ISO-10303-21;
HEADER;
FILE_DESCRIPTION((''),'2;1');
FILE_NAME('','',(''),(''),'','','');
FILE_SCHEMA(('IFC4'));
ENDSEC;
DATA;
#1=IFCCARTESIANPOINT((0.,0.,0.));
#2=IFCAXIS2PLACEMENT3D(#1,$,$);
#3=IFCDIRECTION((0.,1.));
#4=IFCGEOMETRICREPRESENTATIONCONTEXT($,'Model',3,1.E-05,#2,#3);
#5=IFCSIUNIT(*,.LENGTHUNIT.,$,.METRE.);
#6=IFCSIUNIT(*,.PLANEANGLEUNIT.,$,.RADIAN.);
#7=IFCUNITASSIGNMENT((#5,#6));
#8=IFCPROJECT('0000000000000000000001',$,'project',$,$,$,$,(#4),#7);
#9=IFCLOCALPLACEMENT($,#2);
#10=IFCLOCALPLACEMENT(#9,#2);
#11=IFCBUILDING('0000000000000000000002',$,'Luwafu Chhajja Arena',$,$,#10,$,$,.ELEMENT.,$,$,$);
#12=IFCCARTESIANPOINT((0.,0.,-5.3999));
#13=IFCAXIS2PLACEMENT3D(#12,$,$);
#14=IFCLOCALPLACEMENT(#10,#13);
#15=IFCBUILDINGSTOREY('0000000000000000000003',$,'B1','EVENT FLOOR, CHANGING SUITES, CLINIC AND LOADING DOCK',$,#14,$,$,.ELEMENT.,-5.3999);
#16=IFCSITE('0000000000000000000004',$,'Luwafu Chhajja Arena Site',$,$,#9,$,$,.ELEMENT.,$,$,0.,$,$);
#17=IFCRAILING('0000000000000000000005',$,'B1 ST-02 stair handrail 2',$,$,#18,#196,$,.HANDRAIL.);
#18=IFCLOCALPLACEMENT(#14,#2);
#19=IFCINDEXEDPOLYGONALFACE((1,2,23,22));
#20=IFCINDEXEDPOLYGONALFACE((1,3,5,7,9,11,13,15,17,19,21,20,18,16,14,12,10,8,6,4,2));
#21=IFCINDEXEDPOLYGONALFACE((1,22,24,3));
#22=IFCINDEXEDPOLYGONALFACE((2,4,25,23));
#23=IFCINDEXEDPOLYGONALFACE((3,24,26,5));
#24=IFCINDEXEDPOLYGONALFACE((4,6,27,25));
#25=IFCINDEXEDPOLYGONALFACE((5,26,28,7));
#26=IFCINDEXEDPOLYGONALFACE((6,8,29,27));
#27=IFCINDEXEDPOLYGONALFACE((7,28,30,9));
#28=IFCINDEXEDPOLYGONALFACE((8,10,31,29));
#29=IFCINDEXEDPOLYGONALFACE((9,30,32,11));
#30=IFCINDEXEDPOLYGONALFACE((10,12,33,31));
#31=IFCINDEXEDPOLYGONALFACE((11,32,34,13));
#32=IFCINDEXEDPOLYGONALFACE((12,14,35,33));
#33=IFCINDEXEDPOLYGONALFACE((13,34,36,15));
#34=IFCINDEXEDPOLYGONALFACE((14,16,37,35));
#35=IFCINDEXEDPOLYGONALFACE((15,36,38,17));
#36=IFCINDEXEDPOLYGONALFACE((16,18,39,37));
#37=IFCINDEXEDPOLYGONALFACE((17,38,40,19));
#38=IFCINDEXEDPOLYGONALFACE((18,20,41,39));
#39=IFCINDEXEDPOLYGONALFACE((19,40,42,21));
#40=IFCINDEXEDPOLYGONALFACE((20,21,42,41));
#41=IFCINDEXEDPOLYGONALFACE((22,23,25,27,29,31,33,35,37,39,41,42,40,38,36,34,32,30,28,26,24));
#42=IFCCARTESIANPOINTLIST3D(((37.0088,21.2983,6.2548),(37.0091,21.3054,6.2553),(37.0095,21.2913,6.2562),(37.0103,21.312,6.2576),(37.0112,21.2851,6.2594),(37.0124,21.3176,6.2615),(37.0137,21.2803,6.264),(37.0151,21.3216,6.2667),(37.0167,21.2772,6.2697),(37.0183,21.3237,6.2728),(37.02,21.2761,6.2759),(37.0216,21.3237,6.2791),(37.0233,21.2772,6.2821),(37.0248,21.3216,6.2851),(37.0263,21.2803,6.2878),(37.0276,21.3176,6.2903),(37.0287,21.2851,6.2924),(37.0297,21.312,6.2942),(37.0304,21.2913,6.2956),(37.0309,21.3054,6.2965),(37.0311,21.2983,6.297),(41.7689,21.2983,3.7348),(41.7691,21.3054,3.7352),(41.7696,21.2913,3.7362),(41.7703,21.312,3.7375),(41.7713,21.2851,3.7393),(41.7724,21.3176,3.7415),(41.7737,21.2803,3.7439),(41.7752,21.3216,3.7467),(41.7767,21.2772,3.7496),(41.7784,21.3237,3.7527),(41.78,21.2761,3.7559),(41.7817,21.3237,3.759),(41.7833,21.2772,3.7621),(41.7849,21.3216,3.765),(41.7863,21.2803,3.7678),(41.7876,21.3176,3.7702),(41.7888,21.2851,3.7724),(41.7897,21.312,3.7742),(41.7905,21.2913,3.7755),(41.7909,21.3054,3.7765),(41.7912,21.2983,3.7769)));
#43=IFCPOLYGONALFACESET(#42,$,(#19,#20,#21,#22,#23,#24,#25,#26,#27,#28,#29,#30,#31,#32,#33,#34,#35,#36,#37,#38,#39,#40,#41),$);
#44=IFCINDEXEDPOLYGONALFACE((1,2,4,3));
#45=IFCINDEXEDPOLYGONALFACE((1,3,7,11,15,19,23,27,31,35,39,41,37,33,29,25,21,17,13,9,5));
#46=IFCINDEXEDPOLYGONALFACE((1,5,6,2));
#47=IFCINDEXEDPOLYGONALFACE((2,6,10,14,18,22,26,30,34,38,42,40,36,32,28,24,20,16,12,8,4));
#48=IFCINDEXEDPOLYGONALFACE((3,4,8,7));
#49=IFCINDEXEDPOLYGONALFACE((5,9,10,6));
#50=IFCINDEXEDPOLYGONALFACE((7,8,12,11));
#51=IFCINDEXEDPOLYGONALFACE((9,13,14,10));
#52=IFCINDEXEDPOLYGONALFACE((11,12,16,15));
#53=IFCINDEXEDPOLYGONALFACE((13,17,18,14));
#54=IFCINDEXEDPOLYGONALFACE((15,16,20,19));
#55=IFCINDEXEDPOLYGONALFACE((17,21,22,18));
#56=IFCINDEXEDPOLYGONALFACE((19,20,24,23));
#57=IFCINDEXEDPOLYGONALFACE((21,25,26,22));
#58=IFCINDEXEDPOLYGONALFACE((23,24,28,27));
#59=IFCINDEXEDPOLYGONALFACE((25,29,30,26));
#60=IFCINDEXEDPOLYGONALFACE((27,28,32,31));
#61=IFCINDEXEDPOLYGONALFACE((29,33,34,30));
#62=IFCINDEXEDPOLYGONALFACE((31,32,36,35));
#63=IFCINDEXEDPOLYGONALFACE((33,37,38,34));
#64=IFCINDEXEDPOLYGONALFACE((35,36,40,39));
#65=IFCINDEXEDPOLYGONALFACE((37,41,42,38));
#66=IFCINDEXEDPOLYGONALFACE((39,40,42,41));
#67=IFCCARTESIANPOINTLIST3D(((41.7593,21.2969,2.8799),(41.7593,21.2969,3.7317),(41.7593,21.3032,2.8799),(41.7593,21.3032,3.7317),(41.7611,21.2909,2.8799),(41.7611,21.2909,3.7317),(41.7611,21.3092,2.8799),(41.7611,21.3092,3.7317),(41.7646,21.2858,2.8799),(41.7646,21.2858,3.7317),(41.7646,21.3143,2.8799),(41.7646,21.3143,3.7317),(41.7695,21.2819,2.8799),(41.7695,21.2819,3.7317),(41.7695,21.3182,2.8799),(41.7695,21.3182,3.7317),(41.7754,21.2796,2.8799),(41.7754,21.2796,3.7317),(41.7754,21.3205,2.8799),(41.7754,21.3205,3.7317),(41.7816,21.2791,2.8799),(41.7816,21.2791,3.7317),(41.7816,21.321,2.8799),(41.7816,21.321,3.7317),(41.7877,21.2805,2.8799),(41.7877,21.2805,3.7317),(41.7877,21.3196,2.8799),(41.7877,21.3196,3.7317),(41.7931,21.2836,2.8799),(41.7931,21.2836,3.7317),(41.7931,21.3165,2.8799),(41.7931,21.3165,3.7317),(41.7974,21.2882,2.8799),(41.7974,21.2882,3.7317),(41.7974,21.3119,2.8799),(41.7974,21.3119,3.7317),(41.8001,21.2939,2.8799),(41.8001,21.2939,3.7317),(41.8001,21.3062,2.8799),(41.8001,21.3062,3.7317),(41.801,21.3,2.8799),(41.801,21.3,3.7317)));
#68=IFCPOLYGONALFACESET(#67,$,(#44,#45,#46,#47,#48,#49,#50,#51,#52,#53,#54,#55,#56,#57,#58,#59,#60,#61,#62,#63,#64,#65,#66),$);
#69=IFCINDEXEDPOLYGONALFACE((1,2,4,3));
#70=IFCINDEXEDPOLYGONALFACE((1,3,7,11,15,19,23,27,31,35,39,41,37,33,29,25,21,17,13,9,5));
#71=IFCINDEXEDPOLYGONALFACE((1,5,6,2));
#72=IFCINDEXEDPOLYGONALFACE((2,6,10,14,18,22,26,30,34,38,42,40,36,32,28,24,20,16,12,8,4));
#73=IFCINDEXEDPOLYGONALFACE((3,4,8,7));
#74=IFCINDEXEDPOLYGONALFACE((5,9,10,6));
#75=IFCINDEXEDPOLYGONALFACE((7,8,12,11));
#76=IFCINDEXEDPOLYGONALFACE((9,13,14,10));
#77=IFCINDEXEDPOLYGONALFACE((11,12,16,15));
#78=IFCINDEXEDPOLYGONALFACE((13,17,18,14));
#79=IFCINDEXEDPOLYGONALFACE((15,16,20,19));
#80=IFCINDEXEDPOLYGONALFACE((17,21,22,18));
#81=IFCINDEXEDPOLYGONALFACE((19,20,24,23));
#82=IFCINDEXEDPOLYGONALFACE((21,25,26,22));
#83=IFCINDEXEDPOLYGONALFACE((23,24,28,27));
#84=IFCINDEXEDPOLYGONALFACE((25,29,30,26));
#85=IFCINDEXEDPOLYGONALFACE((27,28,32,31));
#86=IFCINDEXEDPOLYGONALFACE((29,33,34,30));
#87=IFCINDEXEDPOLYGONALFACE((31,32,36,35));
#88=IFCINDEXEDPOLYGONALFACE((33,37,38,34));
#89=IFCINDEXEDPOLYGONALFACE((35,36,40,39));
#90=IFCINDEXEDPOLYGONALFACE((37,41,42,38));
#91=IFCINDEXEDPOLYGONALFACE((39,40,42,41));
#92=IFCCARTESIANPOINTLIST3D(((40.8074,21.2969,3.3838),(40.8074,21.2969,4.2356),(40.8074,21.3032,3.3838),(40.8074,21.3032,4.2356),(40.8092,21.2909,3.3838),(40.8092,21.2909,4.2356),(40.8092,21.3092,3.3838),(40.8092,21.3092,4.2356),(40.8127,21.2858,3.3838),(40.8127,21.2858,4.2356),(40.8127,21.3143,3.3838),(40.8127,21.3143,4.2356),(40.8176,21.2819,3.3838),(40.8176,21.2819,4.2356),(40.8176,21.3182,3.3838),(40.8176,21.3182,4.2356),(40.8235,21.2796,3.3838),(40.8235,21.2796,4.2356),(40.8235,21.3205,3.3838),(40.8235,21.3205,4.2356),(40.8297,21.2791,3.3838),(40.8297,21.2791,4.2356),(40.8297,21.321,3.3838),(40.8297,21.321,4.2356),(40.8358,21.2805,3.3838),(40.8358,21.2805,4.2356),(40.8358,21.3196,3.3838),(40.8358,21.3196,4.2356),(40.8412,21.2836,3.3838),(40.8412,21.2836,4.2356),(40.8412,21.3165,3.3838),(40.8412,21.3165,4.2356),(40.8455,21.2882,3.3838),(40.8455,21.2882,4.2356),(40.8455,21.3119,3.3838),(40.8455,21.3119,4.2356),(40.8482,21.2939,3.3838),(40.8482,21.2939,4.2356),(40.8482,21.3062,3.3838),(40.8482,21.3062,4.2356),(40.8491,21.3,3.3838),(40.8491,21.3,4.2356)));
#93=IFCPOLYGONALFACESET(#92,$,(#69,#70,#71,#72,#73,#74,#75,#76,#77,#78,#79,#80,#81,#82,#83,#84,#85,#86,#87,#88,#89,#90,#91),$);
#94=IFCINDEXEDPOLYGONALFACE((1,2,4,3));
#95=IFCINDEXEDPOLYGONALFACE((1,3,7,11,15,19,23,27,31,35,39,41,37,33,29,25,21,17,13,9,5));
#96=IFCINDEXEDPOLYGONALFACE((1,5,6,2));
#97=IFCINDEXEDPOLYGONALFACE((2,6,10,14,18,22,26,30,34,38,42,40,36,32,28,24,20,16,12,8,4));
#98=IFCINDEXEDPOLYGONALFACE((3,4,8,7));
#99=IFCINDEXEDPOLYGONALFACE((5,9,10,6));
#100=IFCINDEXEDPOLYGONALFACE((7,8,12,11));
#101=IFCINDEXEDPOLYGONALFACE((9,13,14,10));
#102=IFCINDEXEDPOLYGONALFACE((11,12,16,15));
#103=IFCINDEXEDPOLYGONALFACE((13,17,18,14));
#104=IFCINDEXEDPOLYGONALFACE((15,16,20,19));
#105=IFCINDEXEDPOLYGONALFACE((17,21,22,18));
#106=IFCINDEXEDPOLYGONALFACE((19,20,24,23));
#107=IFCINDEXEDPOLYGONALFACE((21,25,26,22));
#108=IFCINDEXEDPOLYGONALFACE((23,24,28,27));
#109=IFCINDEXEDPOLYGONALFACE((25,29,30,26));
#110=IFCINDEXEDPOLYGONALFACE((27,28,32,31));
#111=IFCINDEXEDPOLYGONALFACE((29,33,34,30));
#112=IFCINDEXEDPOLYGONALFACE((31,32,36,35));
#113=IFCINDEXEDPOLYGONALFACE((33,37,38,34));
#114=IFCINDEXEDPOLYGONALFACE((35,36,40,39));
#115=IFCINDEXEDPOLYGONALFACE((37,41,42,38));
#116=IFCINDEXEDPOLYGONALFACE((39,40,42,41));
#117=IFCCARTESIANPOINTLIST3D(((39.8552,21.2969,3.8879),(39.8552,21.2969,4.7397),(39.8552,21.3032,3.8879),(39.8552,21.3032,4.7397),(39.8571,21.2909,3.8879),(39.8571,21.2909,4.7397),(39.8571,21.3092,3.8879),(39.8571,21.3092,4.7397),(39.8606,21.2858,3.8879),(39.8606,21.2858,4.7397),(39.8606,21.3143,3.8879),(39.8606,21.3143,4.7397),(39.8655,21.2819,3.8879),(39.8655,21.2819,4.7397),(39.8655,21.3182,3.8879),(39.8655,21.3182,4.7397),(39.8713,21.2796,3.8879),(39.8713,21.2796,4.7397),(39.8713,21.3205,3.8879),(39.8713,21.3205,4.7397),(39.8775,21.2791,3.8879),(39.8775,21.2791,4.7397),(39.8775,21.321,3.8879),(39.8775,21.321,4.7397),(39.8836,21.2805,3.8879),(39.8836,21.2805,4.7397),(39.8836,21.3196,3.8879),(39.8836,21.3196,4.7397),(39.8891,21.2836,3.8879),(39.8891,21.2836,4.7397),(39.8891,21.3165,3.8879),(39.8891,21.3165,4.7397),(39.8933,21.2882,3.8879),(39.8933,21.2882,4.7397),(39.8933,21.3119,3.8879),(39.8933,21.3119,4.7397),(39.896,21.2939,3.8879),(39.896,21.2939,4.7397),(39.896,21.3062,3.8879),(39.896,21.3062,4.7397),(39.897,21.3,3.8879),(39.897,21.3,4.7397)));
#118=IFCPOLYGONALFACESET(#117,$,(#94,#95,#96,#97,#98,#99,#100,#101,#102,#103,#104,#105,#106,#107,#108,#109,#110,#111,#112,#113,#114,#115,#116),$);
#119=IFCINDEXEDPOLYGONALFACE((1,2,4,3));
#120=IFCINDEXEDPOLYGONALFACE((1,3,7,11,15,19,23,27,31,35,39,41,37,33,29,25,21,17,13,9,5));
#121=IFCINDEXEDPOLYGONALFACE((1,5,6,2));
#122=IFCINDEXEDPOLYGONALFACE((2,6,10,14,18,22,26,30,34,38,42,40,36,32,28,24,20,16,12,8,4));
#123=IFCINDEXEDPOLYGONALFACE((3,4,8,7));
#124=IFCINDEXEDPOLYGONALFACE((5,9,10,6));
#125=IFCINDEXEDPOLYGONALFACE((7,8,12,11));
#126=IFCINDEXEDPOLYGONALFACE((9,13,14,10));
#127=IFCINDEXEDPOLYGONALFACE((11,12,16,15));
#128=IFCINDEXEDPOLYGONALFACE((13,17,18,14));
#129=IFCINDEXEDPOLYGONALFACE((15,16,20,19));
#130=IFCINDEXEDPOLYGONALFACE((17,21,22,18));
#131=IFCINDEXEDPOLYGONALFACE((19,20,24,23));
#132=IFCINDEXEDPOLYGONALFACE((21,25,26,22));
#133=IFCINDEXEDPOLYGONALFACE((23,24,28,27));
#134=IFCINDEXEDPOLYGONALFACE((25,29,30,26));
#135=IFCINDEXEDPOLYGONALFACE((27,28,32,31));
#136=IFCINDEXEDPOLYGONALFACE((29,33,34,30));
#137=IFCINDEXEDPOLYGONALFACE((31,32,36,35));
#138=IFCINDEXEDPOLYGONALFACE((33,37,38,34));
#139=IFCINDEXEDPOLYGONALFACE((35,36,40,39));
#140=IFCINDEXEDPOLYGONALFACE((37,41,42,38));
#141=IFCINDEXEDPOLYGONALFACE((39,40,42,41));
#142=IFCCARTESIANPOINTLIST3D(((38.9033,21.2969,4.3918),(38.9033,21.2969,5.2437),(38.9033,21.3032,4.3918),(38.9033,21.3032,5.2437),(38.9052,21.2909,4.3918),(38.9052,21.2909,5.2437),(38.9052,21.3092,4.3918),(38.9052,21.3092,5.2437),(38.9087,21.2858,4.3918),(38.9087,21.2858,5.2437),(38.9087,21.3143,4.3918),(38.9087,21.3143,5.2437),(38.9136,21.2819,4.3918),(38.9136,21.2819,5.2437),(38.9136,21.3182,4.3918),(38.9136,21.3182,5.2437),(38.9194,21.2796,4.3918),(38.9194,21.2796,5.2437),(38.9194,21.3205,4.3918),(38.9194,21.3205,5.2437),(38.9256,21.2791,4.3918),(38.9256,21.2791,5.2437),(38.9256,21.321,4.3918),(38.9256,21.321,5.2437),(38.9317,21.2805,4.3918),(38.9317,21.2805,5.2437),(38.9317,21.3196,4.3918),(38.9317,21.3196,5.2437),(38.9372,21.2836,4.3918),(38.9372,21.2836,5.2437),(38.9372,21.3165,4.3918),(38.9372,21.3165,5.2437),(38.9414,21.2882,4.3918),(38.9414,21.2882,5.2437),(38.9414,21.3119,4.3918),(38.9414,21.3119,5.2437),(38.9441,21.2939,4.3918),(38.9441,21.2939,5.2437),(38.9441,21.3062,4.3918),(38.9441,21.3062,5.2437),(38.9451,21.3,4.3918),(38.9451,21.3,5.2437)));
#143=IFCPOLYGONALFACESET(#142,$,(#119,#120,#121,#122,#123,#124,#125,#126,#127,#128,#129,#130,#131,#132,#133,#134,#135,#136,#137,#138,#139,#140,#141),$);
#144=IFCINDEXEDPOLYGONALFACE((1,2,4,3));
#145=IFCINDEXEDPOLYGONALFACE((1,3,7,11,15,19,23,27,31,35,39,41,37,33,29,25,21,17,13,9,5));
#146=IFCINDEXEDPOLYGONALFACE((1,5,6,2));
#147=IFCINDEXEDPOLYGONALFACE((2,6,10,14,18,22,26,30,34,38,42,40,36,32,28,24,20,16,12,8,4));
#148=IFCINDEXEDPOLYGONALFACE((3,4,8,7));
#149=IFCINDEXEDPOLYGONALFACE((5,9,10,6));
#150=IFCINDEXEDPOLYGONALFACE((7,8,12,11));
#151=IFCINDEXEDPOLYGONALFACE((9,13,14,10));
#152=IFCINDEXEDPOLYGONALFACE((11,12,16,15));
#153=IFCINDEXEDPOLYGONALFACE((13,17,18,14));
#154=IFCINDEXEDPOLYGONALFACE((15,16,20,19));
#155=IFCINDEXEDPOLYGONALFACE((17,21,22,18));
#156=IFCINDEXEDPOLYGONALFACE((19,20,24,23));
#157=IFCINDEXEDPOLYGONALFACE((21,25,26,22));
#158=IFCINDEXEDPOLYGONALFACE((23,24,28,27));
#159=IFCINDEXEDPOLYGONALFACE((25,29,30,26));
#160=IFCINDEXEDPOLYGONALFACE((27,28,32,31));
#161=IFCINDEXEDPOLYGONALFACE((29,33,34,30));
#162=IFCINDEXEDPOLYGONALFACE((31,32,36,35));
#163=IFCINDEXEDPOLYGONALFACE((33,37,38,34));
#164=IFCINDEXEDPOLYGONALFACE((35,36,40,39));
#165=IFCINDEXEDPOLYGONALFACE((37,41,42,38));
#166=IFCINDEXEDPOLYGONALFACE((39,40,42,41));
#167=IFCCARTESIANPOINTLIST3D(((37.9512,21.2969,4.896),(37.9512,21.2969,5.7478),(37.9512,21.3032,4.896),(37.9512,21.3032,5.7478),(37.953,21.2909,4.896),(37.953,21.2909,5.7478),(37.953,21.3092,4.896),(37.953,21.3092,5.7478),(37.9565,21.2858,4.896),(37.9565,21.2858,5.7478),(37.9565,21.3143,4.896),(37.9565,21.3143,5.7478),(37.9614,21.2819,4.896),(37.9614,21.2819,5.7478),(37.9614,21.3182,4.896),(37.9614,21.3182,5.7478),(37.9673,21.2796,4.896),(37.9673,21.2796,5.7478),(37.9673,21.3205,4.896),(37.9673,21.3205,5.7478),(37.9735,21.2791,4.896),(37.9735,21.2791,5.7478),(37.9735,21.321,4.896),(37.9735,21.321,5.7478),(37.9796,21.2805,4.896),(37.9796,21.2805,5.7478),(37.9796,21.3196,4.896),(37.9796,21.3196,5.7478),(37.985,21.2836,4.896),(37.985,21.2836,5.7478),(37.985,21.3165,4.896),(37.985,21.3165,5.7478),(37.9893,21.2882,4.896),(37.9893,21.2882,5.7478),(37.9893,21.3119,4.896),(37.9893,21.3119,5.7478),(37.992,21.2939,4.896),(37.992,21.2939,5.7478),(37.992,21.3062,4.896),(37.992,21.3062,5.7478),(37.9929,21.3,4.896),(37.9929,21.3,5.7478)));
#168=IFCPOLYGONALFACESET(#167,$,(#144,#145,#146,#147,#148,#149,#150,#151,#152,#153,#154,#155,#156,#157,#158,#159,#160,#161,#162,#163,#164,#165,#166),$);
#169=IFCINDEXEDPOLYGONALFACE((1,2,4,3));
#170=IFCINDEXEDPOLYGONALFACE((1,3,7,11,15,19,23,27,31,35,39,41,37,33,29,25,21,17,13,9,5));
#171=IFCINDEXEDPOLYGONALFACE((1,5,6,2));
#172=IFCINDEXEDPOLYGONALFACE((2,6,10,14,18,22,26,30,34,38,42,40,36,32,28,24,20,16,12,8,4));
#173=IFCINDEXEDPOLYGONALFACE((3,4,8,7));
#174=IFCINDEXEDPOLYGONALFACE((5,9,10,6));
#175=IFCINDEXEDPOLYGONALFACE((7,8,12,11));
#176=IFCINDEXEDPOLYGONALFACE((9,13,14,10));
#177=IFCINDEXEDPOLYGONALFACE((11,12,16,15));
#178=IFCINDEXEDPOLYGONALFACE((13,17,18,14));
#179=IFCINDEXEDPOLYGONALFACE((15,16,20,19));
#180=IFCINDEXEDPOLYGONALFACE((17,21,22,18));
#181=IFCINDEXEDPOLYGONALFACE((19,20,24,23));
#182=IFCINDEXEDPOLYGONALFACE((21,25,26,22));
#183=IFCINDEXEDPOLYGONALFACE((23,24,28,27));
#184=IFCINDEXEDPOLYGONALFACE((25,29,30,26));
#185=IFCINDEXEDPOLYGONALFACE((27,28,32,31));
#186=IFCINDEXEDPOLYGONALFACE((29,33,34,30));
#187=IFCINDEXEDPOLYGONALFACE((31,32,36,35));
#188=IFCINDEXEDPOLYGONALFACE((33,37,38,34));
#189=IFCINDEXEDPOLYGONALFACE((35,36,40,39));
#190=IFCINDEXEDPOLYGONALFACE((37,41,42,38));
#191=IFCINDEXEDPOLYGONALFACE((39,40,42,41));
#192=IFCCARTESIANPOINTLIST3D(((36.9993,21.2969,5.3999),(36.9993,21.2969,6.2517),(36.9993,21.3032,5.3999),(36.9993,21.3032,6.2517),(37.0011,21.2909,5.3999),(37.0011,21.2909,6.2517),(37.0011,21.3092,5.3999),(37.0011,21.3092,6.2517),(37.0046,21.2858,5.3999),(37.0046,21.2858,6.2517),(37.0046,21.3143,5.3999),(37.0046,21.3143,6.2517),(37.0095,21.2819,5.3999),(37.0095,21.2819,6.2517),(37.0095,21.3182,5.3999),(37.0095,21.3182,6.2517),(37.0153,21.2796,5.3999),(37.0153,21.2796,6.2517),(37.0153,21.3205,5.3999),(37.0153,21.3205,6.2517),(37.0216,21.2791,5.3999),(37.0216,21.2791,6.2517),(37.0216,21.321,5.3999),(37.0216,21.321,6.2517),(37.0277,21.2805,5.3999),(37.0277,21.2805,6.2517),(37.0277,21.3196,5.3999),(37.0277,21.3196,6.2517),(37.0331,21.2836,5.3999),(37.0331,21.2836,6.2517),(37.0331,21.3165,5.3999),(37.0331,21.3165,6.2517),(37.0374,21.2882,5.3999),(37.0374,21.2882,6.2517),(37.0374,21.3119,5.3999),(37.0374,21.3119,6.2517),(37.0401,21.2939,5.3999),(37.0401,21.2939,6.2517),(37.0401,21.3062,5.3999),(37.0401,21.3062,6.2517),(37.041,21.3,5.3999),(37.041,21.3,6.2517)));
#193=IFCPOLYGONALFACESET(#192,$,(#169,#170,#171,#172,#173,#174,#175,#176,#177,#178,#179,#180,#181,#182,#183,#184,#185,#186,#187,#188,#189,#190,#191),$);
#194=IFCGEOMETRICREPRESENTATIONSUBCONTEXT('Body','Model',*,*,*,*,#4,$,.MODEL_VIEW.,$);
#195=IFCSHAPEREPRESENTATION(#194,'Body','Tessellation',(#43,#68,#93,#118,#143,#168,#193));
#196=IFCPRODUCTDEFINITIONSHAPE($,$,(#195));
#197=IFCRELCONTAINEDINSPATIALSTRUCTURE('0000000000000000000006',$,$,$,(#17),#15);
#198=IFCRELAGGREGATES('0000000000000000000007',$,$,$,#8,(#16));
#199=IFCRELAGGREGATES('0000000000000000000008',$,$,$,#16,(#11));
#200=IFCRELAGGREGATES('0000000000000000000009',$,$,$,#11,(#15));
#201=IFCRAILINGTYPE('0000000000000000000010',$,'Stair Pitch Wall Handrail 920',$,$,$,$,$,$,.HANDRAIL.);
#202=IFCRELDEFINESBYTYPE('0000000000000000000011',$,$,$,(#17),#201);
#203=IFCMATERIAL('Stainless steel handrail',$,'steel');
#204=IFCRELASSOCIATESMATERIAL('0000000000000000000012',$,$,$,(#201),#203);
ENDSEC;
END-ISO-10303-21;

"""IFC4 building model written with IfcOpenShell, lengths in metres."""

from ifc_helpers import new_model, si_unit, direction, frame, origin, origin_2d, place, context, subcontext, project, spatial, circle, extrude, material, type_object, element, save


model = new_model("IFC4")

# Units and contexts
model_context = context("Model", 3, precision=1e-05, world=origin(), true_north=direction((0.0, 1.0)))
body_context = subcontext(model_context, "Body", "Model", "MODEL_VIEW")
ifc_project = project(units=[si_unit("LENGTHUNIT", "METRE"), si_unit("PLANEANGLEUNIT", "RADIAN")], contexts=[model_context])

# Site, building, storey
site_placement = place(None, origin())
site = spatial("IfcSite", under=ifc_project, at=site_placement, Name="Luwafu Chhajja Arena Site", CompositionType="ELEMENT", RefElevation=0.0)
building_placement = place(site_placement, origin())
building = spatial("IfcBuilding", under=site, at=building_placement, Name="Luwafu Chhajja Arena", CompositionType="ELEMENT")
storey_placement = place(building_placement, frame((0.0, 0.0, -5.3999)))
storey = spatial("IfcBuildingStorey", under=building, at=storey_placement, Name="B1", Description="EVENT FLOOR, CHANGING SUITES, CLINIC AND LOADING DOCK", CompositionType="ELEMENT", Elevation=-5.3999)

# Railing
ifc_material_1 = material(Name="Stainless steel handrail", Category="steel")
railing_type_1 = type_object("IfcRailingType", Name="Stair Pitch Wall Handrail 920", PredefinedType="HANDRAIL", material=ifc_material_1)
for number, where, name in (
    (1, (41.78, 21.3, 2.8799), "B1 ST-02 stair handrail 2"),
):
    element("IfcRailing", number, at=place(storey_placement, frame(where)), inside=storey, type_object=railing_type_1, Name=name, PredefinedType="HANDRAIL", context=body_context, shape_type="SweptSolid", body=[
        extrude(circle(Radius=0.0239, at=origin_2d()), frame((0.0, 0.0, 0.876), z_axis=(-0.883787, 0.0, 0.46789), x_axis=(0.0, -1.0, 0.0)), (0.0, 0.0, 1.0), 5.386),
        extrude(circle(Radius=0.021, at=origin_2d()), origin(), (0.0, 0.0, 1.0), 0.8518),
        extrude(circle(Radius=0.021, at=origin_2d()), frame((-0.9519, 0.0, 0.5039)), (0.0, 0.0, 1.0), 0.8518),
        extrude(circle(Radius=0.021, at=origin_2d()), frame((-1.9041, 0.0, 1.0081)), (0.0, 0.0, 1.0), 0.8518),
        extrude(circle(Radius=0.021, at=origin_2d()), frame((-2.856, 0.0, 1.512)), (0.0, 0.0, 1.0), 0.8518),
        extrude(circle(Radius=0.021, at=origin_2d()), frame((-3.8081, 0.0, 2.0161)), (0.0, 0.0, 1.0), 0.8518),
        extrude(circle(Radius=0.021, at=origin_2d()), frame((-4.76, 0.0, 2.52)), (0.0, 0.0, 1.0), 0.8518),
    ])

save(model, "model.ifc")
